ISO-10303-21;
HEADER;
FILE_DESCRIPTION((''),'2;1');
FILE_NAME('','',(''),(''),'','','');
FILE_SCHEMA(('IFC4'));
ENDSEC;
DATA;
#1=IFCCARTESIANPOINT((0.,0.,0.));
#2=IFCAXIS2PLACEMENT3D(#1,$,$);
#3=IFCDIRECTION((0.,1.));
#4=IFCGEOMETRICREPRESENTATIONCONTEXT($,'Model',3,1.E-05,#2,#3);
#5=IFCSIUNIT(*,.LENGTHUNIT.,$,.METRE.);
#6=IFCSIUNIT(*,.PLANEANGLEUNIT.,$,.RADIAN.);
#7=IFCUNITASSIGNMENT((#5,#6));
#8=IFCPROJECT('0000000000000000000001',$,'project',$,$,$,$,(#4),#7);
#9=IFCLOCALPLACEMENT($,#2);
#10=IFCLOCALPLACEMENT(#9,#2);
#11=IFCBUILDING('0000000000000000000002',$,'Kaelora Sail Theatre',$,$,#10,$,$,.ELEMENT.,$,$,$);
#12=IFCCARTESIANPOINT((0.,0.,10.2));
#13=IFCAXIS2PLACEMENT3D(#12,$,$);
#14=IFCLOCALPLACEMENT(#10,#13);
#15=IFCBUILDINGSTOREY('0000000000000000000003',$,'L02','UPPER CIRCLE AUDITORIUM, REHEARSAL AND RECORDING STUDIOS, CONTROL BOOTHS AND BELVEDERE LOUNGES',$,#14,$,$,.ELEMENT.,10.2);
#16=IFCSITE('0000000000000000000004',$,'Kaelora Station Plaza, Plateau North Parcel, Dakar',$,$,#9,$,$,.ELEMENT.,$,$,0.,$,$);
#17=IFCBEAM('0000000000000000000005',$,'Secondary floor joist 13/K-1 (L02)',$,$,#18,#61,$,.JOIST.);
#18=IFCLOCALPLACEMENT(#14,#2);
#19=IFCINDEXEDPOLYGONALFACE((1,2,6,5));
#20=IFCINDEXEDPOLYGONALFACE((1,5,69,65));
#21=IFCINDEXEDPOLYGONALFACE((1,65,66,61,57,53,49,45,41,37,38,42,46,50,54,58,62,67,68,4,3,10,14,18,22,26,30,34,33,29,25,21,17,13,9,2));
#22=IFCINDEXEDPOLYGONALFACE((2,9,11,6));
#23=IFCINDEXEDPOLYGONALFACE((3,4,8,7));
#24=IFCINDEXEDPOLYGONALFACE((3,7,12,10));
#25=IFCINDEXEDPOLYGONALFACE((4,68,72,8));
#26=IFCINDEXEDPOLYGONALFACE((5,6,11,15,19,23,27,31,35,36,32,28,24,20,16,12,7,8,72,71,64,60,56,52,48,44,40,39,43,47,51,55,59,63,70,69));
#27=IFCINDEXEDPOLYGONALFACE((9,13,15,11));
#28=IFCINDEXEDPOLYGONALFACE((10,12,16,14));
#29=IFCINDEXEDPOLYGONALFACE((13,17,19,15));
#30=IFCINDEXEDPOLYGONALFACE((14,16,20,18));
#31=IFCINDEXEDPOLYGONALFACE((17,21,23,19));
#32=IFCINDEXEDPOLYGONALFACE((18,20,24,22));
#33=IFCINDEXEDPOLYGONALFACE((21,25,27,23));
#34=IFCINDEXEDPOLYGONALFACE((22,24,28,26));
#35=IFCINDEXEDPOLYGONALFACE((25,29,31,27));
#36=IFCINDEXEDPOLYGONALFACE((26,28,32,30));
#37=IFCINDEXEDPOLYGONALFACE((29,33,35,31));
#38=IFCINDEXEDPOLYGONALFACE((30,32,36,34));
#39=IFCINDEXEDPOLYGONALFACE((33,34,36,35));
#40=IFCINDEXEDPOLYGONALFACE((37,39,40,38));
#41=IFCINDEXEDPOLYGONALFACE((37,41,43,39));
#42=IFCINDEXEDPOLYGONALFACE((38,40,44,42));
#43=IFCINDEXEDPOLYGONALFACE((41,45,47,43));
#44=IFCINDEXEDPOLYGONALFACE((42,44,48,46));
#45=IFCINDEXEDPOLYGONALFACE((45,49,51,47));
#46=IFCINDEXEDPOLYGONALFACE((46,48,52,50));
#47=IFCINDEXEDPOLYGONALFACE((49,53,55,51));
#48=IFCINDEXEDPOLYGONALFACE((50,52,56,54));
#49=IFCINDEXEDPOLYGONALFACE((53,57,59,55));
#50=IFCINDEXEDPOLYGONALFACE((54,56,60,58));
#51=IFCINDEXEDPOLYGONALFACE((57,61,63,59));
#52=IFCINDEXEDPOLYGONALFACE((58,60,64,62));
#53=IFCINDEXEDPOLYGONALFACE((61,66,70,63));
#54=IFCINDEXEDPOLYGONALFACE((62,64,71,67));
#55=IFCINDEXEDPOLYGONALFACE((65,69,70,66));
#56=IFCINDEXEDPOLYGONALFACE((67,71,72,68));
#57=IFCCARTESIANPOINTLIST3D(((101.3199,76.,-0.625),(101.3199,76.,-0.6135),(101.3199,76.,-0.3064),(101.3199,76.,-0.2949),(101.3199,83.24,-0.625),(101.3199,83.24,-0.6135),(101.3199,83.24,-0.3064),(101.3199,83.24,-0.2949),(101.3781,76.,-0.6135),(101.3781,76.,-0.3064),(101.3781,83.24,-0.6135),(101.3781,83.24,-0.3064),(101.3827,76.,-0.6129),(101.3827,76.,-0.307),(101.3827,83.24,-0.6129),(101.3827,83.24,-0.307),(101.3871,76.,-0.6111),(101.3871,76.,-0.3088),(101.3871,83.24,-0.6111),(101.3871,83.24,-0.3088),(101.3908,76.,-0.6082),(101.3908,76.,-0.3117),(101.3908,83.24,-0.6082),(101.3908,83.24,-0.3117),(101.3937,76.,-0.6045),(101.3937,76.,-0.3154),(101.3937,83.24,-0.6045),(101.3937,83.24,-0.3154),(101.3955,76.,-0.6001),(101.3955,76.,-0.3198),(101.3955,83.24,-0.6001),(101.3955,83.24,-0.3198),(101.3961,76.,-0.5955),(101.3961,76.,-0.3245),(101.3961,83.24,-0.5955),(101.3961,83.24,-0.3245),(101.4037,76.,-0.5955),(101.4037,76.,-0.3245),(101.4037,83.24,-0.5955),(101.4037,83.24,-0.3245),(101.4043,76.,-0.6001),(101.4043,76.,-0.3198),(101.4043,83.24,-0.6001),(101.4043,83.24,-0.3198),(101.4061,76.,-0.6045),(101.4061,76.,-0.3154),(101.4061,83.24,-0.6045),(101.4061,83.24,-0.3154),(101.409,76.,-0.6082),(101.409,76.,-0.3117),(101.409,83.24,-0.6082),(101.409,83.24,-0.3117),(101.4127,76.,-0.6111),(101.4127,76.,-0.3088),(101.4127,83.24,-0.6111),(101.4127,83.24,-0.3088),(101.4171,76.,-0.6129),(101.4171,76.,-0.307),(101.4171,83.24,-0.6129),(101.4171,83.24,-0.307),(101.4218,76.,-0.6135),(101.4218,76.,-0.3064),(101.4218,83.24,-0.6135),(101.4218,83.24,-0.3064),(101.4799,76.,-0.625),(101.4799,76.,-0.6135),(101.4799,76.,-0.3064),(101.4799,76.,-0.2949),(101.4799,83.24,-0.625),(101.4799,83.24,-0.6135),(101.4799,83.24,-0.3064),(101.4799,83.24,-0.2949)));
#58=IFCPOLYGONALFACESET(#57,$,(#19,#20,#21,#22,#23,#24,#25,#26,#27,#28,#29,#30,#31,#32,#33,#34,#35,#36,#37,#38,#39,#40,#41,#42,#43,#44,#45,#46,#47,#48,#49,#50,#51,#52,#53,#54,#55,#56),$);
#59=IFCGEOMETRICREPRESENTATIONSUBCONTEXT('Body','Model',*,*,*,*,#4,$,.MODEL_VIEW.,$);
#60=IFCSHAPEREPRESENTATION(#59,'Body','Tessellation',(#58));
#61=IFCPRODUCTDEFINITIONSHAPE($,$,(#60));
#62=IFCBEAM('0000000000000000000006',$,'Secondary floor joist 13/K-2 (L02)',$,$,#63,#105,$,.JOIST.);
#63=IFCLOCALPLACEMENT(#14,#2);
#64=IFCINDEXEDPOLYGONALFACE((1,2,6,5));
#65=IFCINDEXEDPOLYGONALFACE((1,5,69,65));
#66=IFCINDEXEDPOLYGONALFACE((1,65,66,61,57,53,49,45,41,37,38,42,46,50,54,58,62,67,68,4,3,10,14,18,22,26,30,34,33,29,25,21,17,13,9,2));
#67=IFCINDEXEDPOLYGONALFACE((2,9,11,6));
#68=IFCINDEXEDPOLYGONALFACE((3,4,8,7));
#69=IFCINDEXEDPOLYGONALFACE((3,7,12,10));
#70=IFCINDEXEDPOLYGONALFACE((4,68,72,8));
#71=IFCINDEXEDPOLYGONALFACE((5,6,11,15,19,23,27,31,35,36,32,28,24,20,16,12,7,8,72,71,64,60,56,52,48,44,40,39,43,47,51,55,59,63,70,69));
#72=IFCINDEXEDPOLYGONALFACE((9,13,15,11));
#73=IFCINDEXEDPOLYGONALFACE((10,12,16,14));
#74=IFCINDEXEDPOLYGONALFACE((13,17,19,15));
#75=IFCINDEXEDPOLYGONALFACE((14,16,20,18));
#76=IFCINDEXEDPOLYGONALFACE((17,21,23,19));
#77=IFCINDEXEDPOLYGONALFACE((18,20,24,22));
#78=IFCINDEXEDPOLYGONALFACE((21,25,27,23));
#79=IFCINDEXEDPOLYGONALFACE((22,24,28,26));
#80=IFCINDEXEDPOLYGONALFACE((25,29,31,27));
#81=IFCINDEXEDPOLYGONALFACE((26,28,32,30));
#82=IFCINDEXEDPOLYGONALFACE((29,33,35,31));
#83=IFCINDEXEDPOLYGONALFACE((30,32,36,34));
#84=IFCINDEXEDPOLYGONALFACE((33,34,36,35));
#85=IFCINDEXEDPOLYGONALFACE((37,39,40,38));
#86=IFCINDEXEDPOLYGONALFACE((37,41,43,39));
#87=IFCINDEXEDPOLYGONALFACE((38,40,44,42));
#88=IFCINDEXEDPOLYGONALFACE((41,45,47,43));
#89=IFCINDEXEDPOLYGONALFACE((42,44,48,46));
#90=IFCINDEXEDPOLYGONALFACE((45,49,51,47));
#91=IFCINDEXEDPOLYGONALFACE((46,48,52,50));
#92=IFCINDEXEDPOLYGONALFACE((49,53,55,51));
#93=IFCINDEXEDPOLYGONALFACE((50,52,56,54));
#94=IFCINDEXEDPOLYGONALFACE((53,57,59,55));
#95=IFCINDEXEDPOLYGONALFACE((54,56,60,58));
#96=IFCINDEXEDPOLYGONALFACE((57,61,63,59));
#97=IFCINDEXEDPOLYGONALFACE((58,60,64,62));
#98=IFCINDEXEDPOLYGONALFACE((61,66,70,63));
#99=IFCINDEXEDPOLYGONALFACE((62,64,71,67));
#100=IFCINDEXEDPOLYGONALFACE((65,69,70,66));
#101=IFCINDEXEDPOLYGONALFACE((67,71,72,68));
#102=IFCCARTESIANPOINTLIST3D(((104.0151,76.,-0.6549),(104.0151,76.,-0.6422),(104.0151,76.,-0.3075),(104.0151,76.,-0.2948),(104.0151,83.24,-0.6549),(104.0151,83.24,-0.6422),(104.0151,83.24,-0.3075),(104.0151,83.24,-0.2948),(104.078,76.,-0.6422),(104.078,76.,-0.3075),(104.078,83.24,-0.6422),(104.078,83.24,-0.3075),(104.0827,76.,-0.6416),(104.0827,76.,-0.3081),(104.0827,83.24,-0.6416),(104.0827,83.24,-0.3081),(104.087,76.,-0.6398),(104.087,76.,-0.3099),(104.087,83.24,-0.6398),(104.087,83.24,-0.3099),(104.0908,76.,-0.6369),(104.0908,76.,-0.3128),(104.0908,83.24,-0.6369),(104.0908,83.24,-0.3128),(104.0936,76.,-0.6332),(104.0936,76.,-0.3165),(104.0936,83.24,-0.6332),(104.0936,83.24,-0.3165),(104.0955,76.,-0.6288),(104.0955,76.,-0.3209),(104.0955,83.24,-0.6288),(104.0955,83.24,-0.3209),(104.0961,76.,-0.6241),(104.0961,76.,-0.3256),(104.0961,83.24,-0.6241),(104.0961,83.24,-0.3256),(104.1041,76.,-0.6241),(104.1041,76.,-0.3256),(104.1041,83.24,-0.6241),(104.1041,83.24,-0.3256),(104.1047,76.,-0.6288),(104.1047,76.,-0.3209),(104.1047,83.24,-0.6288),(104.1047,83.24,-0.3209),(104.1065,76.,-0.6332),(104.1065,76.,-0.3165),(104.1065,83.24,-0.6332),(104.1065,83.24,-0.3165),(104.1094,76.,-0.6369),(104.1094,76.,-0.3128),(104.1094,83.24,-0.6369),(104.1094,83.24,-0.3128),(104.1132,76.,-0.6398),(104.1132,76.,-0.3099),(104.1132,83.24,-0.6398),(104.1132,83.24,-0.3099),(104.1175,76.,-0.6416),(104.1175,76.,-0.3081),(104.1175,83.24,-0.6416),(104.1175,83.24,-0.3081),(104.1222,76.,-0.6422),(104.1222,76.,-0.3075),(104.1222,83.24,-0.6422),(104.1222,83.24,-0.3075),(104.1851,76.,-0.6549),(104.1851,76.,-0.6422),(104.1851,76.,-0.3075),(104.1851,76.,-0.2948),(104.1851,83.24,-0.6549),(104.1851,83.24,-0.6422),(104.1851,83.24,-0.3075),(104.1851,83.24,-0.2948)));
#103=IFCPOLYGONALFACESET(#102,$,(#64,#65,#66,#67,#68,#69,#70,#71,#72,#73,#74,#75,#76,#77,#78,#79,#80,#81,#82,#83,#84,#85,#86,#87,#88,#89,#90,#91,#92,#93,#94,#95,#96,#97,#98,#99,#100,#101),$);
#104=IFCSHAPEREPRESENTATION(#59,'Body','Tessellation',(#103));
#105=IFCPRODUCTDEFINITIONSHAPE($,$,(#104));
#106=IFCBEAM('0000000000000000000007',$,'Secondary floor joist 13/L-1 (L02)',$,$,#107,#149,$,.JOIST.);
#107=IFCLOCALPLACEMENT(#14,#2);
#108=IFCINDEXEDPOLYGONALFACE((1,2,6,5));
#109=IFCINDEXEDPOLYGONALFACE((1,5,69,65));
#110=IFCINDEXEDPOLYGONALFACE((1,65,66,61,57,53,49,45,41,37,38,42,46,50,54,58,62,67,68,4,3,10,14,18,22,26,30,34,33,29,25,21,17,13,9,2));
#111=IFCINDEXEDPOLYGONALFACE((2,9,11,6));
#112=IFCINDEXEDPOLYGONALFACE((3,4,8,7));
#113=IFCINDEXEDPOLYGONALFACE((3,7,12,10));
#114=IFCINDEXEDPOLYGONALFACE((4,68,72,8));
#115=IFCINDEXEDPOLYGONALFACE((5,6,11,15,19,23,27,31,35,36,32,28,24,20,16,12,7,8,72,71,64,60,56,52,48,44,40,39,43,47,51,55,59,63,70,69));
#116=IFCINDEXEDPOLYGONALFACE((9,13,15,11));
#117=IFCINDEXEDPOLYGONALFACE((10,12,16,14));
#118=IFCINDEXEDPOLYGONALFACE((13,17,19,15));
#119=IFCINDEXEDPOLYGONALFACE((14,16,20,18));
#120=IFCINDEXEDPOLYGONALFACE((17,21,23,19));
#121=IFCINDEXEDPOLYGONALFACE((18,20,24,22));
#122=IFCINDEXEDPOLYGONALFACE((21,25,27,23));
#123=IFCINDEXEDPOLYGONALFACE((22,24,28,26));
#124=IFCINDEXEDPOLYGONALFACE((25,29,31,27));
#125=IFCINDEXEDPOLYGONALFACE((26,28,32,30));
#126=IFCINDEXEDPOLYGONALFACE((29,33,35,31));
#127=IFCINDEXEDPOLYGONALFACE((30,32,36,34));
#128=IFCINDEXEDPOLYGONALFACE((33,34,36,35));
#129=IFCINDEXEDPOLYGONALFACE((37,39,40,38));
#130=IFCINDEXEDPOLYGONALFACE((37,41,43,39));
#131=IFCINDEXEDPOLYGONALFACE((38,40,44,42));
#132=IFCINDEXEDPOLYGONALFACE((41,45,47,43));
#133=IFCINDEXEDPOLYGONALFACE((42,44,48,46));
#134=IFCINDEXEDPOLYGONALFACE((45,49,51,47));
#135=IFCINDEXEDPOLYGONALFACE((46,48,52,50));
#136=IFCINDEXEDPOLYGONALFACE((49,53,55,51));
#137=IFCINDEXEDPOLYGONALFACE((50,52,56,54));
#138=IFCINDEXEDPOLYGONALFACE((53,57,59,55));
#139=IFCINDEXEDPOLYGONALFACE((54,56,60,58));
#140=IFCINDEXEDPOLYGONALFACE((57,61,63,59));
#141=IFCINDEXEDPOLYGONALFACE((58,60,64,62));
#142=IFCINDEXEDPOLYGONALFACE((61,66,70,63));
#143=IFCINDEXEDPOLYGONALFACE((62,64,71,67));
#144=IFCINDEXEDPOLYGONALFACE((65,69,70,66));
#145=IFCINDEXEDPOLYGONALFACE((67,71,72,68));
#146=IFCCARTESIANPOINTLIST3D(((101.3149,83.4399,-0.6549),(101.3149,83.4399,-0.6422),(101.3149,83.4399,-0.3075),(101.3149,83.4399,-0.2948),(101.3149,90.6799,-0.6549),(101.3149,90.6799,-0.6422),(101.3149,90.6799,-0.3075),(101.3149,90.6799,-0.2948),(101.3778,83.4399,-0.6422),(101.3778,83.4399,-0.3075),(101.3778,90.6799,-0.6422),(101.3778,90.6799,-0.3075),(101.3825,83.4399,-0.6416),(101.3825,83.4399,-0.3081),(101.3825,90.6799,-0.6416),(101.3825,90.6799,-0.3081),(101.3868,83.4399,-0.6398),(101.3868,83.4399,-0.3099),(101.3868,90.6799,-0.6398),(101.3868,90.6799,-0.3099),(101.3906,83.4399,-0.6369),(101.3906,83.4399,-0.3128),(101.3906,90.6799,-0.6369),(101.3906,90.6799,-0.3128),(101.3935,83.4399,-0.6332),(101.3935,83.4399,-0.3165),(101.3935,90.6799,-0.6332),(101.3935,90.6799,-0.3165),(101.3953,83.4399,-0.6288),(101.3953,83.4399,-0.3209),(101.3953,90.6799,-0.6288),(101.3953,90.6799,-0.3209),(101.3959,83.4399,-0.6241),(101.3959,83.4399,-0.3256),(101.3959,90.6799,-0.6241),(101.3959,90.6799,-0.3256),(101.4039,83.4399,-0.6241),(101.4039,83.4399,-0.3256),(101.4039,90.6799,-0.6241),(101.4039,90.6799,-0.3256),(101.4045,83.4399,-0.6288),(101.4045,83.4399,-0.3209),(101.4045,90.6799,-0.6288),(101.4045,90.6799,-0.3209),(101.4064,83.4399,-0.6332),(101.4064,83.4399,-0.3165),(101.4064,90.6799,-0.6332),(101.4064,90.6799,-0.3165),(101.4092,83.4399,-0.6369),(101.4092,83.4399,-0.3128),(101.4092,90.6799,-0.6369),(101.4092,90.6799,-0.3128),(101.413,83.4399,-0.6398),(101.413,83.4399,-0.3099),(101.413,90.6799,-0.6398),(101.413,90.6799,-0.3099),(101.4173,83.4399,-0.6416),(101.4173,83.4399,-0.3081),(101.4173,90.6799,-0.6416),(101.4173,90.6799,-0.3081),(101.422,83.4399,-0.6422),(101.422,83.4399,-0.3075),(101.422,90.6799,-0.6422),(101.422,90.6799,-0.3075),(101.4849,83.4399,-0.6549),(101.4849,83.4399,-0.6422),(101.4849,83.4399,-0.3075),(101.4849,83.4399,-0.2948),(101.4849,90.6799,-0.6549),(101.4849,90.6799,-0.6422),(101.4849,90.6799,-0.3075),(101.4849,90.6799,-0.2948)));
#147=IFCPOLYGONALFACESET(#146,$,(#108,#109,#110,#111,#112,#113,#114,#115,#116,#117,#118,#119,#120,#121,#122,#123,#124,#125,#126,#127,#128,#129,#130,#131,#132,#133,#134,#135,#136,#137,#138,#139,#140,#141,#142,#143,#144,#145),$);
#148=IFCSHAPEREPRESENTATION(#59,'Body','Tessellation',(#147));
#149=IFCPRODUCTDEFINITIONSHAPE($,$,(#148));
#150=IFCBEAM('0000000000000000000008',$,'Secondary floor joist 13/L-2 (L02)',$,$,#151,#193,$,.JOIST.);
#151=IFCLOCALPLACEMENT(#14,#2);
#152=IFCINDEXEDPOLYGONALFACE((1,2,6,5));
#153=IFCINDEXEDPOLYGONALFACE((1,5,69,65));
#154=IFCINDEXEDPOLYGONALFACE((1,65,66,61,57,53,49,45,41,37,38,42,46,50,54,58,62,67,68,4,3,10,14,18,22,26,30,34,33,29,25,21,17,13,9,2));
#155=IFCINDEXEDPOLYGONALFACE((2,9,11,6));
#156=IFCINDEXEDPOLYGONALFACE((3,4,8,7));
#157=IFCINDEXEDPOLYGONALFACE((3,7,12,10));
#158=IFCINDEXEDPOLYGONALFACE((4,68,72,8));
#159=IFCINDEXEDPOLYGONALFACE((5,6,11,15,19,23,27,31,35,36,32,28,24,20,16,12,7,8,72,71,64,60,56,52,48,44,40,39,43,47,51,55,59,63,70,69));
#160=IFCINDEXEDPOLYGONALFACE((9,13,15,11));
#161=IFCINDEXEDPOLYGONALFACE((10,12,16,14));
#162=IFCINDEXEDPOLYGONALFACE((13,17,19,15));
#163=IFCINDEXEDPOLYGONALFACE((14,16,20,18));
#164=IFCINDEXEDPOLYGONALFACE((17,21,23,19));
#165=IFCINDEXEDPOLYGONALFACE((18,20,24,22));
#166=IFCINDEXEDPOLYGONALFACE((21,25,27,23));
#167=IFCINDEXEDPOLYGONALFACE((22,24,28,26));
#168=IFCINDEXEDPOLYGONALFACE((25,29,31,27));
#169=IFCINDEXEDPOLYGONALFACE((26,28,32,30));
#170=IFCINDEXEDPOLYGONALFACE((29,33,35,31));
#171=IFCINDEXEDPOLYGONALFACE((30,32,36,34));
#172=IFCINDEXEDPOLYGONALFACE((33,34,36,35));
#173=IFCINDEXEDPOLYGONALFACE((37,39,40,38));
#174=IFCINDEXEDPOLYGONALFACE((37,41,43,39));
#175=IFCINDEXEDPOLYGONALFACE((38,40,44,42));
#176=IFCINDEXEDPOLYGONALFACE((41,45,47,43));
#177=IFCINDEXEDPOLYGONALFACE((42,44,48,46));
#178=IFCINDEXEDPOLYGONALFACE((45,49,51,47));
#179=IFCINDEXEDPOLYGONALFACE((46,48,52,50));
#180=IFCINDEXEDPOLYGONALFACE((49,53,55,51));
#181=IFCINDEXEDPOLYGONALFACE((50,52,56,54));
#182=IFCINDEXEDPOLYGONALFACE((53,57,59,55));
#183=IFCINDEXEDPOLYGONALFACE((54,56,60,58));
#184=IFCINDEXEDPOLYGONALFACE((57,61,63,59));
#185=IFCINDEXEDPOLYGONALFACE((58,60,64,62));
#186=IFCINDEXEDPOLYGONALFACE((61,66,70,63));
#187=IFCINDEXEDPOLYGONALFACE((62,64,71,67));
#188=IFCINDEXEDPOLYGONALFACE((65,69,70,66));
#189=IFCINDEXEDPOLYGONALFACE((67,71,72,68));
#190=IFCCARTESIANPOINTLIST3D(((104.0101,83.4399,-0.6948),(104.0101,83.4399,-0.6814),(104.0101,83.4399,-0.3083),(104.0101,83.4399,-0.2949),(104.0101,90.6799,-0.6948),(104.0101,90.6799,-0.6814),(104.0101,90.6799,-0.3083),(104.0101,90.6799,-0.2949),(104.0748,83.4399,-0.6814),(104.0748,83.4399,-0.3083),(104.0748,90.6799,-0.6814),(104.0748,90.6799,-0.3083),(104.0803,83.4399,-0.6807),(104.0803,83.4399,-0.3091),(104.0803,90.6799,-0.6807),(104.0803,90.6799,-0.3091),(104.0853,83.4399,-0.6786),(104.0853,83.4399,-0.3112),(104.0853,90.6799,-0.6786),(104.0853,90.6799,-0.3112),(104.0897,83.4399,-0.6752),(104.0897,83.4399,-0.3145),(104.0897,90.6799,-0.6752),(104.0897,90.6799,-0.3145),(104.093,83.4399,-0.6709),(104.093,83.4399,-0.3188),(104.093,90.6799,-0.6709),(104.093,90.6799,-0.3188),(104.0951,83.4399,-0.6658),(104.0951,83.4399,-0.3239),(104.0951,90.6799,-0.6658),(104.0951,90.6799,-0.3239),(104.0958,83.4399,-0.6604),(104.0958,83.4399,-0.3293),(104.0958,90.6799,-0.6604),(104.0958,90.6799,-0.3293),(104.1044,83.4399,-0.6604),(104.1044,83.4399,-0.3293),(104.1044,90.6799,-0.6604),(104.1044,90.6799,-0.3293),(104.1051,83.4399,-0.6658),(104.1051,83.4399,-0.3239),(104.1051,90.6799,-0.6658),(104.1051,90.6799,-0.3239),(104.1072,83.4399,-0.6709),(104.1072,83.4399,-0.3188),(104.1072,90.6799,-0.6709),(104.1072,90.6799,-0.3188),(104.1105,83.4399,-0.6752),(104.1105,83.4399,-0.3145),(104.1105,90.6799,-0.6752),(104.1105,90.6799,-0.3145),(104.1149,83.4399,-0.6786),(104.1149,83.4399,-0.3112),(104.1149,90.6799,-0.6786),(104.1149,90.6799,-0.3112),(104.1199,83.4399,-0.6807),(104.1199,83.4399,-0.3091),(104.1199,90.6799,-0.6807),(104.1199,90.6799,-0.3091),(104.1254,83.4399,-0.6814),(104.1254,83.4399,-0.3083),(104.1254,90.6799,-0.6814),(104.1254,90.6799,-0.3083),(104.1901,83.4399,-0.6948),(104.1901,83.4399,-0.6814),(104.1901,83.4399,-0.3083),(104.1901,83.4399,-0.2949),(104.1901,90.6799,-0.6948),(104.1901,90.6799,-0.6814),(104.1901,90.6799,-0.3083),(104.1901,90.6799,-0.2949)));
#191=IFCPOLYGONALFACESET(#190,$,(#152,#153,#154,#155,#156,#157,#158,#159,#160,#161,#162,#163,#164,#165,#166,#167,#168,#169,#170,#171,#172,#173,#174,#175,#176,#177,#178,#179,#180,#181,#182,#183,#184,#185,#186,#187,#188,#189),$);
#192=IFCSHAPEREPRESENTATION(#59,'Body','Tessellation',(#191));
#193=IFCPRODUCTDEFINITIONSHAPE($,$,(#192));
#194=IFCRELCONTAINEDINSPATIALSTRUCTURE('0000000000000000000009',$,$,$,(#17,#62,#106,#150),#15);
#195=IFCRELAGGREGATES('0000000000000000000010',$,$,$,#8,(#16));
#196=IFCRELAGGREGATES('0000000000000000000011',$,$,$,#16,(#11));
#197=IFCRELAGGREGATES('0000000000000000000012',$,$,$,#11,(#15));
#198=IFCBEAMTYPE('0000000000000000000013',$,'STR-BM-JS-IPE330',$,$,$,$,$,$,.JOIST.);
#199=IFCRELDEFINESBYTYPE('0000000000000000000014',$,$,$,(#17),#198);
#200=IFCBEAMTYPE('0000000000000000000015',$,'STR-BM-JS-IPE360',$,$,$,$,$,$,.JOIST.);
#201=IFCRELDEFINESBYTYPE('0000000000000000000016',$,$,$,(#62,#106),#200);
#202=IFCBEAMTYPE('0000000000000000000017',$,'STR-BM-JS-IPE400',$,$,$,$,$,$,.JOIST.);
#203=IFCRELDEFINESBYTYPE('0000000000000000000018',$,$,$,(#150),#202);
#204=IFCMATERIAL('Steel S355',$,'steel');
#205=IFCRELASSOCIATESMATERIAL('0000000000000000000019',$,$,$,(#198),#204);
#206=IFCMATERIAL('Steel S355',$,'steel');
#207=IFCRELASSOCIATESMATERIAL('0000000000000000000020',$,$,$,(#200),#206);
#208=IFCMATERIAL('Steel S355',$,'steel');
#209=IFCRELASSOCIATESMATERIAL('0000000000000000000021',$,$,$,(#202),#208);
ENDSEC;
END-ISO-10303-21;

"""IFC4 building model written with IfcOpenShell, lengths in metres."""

from ifc_helpers import new_model, si_unit, direction, frame, origin, origin_2d, place, context, subcontext, project, spatial, i_section, extrude, material, material_profile, profile_set, type_object, element, save


model = new_model("IFC4")

# Units and contexts
model_context = context("Model", 3, precision=1e-05, world=origin(), true_north=direction((0.0, 1.0)))
body_context = subcontext(model_context, "Body", "Model", "MODEL_VIEW")
ifc_project = project(units=[si_unit("LENGTHUNIT", "METRE"), si_unit("PLANEANGLEUNIT", "RADIAN")], contexts=[model_context])

# Site, building, storey
site_placement = place(None, origin())
site = spatial("IfcSite", under=ifc_project, at=site_placement, Name="Kaelora Station Plaza, Plateau North Parcel, Dakar", CompositionType="ELEMENT", RefElevation=0.0)
building_placement = place(site_placement, origin())
building = spatial("IfcBuilding", under=site, at=building_placement, Name="Kaelora Sail Theatre", CompositionType="ELEMENT")
storey_placement = place(building_placement, frame((0.0, 0.0, 10.2)))
storey = spatial("IfcBuildingStorey", under=building, at=storey_placement, Name="L02", Description="UPPER CIRCLE AUDITORIUM, REHEARSAL AND RECORDING STUDIOS, CONTROL BOOTHS AND BELVEDERE LOUNGES", CompositionType="ELEMENT", Elevation=10.2)

# Beams
ifc_material_1 = material(Name="Steel S355", Category="steel")
ifc_material_profile_1 = material_profile(ifc_material_1, i_section(OverallWidth=0.1599, OverallDepth=0.3301, WebThickness=0.0076, FlangeThickness=0.0115, FilletRadius=0.0181, at=origin_2d()), Name="IPE 330")
ifc_profile_set_1 = profile_set([ifc_material_profile_1], Name="Steel S355")
beam_type_1 = type_object("IfcBeamType", Name="STR-BM-JS-IPE330", PredefinedType="JOIST", material=ifc_profile_set_1)
beam_1_placement = place(storey_placement, frame((101.3999, 76.0, -0.46), z_axis=(0.0, 1.0, 0.0), x_axis=(-1.0, 0.0, 0.0)))
element("IfcBeam", 1, at=beam_1_placement, inside=storey, type_object=beam_type_1, Name="Secondary floor joist 13/K-1 (L02)", PredefinedType="JOIST", context=body_context, shape_type="SweptSolid", body=[
    extrude(i_section(OverallWidth=0.1599, OverallDepth=0.3301, WebThickness=0.0076, FlangeThickness=0.0115, FilletRadius=0.0181, at=origin_2d()), origin(), (0.0, 0.0, 1.0), 7.24),
])
ifc_material_2 = material(Name="Steel S355", Category="steel")
ifc_material_profile_2 = material_profile(ifc_material_2, i_section(OverallWidth=0.1699, OverallDepth=0.3601, WebThickness=0.0081, FlangeThickness=0.0127, FilletRadius=0.0181, at=origin_2d()), Name="IPE 360")
ifc_profile_set_2 = profile_set([ifc_material_profile_2], Name="Steel S355")
beam_type_2 = type_object("IfcBeamType", Name="STR-BM-JS-IPE360", PredefinedType="JOIST", material=ifc_profile_set_2)
for number, where, z_axis, x_axis, name in (
    (2, (104.1001, 76.0, -0.4749), (0.0, 1.0, 0.0), (-1.0, 0.0, 0.0), "Secondary floor joist 13/K-2 (L02)"),
    (3, (101.3999, 83.4399, -0.4749), (0.0, 1.0, 0.0), (-1.0, 0.0, 0.0), "Secondary floor joist 13/L-1 (L02)"),
):
    element("IfcBeam", number, at=place(storey_placement, frame(where, z_axis=z_axis, x_axis=x_axis)), inside=storey, type_object=beam_type_2, Name=name, PredefinedType="JOIST", context=body_context, shape_type="SweptSolid", body=[
        extrude(i_section(OverallWidth=0.1699, OverallDepth=0.3601, WebThickness=0.0081, FlangeThickness=0.0127, FilletRadius=0.0181, at=origin_2d()), origin(), (0.0, 0.0, 1.0), 7.24),
    ])
ifc_material_3 = material(Name="Steel S355", Category="steel")
ifc_material_profile_3 = material_profile(ifc_material_3, i_section(OverallWidth=0.1799, OverallDepth=0.3999, WebThickness=0.0085, FlangeThickness=0.0134, FilletRadius=0.021, at=origin_2d()), Name="IPE 400")
ifc_profile_set_3 = profile_set([ifc_material_profile_3], Name="Steel S355")
beam_type_3 = type_object("IfcBeamType", Name="STR-BM-JS-IPE400", PredefinedType="JOIST", material=ifc_profile_set_3)
beam_2_placement = place(storey_placement, frame((104.1001, 83.4399, -0.4949), z_axis=(0.0, 1.0, 0.0), x_axis=(-1.0, 0.0, 0.0)))
element("IfcBeam", 4, at=beam_2_placement, inside=storey, type_object=beam_type_3, Name="Secondary floor joist 13/L-2 (L02)", PredefinedType="JOIST", context=body_context, shape_type="SweptSolid", body=[
    extrude(i_section(OverallWidth=0.1799, OverallDepth=0.3999, WebThickness=0.0085, FlangeThickness=0.0134, FilletRadius=0.021, at=origin_2d()), origin(), (0.0, 0.0, 1.0), 7.24),
])

save(model, "model.ifc")
